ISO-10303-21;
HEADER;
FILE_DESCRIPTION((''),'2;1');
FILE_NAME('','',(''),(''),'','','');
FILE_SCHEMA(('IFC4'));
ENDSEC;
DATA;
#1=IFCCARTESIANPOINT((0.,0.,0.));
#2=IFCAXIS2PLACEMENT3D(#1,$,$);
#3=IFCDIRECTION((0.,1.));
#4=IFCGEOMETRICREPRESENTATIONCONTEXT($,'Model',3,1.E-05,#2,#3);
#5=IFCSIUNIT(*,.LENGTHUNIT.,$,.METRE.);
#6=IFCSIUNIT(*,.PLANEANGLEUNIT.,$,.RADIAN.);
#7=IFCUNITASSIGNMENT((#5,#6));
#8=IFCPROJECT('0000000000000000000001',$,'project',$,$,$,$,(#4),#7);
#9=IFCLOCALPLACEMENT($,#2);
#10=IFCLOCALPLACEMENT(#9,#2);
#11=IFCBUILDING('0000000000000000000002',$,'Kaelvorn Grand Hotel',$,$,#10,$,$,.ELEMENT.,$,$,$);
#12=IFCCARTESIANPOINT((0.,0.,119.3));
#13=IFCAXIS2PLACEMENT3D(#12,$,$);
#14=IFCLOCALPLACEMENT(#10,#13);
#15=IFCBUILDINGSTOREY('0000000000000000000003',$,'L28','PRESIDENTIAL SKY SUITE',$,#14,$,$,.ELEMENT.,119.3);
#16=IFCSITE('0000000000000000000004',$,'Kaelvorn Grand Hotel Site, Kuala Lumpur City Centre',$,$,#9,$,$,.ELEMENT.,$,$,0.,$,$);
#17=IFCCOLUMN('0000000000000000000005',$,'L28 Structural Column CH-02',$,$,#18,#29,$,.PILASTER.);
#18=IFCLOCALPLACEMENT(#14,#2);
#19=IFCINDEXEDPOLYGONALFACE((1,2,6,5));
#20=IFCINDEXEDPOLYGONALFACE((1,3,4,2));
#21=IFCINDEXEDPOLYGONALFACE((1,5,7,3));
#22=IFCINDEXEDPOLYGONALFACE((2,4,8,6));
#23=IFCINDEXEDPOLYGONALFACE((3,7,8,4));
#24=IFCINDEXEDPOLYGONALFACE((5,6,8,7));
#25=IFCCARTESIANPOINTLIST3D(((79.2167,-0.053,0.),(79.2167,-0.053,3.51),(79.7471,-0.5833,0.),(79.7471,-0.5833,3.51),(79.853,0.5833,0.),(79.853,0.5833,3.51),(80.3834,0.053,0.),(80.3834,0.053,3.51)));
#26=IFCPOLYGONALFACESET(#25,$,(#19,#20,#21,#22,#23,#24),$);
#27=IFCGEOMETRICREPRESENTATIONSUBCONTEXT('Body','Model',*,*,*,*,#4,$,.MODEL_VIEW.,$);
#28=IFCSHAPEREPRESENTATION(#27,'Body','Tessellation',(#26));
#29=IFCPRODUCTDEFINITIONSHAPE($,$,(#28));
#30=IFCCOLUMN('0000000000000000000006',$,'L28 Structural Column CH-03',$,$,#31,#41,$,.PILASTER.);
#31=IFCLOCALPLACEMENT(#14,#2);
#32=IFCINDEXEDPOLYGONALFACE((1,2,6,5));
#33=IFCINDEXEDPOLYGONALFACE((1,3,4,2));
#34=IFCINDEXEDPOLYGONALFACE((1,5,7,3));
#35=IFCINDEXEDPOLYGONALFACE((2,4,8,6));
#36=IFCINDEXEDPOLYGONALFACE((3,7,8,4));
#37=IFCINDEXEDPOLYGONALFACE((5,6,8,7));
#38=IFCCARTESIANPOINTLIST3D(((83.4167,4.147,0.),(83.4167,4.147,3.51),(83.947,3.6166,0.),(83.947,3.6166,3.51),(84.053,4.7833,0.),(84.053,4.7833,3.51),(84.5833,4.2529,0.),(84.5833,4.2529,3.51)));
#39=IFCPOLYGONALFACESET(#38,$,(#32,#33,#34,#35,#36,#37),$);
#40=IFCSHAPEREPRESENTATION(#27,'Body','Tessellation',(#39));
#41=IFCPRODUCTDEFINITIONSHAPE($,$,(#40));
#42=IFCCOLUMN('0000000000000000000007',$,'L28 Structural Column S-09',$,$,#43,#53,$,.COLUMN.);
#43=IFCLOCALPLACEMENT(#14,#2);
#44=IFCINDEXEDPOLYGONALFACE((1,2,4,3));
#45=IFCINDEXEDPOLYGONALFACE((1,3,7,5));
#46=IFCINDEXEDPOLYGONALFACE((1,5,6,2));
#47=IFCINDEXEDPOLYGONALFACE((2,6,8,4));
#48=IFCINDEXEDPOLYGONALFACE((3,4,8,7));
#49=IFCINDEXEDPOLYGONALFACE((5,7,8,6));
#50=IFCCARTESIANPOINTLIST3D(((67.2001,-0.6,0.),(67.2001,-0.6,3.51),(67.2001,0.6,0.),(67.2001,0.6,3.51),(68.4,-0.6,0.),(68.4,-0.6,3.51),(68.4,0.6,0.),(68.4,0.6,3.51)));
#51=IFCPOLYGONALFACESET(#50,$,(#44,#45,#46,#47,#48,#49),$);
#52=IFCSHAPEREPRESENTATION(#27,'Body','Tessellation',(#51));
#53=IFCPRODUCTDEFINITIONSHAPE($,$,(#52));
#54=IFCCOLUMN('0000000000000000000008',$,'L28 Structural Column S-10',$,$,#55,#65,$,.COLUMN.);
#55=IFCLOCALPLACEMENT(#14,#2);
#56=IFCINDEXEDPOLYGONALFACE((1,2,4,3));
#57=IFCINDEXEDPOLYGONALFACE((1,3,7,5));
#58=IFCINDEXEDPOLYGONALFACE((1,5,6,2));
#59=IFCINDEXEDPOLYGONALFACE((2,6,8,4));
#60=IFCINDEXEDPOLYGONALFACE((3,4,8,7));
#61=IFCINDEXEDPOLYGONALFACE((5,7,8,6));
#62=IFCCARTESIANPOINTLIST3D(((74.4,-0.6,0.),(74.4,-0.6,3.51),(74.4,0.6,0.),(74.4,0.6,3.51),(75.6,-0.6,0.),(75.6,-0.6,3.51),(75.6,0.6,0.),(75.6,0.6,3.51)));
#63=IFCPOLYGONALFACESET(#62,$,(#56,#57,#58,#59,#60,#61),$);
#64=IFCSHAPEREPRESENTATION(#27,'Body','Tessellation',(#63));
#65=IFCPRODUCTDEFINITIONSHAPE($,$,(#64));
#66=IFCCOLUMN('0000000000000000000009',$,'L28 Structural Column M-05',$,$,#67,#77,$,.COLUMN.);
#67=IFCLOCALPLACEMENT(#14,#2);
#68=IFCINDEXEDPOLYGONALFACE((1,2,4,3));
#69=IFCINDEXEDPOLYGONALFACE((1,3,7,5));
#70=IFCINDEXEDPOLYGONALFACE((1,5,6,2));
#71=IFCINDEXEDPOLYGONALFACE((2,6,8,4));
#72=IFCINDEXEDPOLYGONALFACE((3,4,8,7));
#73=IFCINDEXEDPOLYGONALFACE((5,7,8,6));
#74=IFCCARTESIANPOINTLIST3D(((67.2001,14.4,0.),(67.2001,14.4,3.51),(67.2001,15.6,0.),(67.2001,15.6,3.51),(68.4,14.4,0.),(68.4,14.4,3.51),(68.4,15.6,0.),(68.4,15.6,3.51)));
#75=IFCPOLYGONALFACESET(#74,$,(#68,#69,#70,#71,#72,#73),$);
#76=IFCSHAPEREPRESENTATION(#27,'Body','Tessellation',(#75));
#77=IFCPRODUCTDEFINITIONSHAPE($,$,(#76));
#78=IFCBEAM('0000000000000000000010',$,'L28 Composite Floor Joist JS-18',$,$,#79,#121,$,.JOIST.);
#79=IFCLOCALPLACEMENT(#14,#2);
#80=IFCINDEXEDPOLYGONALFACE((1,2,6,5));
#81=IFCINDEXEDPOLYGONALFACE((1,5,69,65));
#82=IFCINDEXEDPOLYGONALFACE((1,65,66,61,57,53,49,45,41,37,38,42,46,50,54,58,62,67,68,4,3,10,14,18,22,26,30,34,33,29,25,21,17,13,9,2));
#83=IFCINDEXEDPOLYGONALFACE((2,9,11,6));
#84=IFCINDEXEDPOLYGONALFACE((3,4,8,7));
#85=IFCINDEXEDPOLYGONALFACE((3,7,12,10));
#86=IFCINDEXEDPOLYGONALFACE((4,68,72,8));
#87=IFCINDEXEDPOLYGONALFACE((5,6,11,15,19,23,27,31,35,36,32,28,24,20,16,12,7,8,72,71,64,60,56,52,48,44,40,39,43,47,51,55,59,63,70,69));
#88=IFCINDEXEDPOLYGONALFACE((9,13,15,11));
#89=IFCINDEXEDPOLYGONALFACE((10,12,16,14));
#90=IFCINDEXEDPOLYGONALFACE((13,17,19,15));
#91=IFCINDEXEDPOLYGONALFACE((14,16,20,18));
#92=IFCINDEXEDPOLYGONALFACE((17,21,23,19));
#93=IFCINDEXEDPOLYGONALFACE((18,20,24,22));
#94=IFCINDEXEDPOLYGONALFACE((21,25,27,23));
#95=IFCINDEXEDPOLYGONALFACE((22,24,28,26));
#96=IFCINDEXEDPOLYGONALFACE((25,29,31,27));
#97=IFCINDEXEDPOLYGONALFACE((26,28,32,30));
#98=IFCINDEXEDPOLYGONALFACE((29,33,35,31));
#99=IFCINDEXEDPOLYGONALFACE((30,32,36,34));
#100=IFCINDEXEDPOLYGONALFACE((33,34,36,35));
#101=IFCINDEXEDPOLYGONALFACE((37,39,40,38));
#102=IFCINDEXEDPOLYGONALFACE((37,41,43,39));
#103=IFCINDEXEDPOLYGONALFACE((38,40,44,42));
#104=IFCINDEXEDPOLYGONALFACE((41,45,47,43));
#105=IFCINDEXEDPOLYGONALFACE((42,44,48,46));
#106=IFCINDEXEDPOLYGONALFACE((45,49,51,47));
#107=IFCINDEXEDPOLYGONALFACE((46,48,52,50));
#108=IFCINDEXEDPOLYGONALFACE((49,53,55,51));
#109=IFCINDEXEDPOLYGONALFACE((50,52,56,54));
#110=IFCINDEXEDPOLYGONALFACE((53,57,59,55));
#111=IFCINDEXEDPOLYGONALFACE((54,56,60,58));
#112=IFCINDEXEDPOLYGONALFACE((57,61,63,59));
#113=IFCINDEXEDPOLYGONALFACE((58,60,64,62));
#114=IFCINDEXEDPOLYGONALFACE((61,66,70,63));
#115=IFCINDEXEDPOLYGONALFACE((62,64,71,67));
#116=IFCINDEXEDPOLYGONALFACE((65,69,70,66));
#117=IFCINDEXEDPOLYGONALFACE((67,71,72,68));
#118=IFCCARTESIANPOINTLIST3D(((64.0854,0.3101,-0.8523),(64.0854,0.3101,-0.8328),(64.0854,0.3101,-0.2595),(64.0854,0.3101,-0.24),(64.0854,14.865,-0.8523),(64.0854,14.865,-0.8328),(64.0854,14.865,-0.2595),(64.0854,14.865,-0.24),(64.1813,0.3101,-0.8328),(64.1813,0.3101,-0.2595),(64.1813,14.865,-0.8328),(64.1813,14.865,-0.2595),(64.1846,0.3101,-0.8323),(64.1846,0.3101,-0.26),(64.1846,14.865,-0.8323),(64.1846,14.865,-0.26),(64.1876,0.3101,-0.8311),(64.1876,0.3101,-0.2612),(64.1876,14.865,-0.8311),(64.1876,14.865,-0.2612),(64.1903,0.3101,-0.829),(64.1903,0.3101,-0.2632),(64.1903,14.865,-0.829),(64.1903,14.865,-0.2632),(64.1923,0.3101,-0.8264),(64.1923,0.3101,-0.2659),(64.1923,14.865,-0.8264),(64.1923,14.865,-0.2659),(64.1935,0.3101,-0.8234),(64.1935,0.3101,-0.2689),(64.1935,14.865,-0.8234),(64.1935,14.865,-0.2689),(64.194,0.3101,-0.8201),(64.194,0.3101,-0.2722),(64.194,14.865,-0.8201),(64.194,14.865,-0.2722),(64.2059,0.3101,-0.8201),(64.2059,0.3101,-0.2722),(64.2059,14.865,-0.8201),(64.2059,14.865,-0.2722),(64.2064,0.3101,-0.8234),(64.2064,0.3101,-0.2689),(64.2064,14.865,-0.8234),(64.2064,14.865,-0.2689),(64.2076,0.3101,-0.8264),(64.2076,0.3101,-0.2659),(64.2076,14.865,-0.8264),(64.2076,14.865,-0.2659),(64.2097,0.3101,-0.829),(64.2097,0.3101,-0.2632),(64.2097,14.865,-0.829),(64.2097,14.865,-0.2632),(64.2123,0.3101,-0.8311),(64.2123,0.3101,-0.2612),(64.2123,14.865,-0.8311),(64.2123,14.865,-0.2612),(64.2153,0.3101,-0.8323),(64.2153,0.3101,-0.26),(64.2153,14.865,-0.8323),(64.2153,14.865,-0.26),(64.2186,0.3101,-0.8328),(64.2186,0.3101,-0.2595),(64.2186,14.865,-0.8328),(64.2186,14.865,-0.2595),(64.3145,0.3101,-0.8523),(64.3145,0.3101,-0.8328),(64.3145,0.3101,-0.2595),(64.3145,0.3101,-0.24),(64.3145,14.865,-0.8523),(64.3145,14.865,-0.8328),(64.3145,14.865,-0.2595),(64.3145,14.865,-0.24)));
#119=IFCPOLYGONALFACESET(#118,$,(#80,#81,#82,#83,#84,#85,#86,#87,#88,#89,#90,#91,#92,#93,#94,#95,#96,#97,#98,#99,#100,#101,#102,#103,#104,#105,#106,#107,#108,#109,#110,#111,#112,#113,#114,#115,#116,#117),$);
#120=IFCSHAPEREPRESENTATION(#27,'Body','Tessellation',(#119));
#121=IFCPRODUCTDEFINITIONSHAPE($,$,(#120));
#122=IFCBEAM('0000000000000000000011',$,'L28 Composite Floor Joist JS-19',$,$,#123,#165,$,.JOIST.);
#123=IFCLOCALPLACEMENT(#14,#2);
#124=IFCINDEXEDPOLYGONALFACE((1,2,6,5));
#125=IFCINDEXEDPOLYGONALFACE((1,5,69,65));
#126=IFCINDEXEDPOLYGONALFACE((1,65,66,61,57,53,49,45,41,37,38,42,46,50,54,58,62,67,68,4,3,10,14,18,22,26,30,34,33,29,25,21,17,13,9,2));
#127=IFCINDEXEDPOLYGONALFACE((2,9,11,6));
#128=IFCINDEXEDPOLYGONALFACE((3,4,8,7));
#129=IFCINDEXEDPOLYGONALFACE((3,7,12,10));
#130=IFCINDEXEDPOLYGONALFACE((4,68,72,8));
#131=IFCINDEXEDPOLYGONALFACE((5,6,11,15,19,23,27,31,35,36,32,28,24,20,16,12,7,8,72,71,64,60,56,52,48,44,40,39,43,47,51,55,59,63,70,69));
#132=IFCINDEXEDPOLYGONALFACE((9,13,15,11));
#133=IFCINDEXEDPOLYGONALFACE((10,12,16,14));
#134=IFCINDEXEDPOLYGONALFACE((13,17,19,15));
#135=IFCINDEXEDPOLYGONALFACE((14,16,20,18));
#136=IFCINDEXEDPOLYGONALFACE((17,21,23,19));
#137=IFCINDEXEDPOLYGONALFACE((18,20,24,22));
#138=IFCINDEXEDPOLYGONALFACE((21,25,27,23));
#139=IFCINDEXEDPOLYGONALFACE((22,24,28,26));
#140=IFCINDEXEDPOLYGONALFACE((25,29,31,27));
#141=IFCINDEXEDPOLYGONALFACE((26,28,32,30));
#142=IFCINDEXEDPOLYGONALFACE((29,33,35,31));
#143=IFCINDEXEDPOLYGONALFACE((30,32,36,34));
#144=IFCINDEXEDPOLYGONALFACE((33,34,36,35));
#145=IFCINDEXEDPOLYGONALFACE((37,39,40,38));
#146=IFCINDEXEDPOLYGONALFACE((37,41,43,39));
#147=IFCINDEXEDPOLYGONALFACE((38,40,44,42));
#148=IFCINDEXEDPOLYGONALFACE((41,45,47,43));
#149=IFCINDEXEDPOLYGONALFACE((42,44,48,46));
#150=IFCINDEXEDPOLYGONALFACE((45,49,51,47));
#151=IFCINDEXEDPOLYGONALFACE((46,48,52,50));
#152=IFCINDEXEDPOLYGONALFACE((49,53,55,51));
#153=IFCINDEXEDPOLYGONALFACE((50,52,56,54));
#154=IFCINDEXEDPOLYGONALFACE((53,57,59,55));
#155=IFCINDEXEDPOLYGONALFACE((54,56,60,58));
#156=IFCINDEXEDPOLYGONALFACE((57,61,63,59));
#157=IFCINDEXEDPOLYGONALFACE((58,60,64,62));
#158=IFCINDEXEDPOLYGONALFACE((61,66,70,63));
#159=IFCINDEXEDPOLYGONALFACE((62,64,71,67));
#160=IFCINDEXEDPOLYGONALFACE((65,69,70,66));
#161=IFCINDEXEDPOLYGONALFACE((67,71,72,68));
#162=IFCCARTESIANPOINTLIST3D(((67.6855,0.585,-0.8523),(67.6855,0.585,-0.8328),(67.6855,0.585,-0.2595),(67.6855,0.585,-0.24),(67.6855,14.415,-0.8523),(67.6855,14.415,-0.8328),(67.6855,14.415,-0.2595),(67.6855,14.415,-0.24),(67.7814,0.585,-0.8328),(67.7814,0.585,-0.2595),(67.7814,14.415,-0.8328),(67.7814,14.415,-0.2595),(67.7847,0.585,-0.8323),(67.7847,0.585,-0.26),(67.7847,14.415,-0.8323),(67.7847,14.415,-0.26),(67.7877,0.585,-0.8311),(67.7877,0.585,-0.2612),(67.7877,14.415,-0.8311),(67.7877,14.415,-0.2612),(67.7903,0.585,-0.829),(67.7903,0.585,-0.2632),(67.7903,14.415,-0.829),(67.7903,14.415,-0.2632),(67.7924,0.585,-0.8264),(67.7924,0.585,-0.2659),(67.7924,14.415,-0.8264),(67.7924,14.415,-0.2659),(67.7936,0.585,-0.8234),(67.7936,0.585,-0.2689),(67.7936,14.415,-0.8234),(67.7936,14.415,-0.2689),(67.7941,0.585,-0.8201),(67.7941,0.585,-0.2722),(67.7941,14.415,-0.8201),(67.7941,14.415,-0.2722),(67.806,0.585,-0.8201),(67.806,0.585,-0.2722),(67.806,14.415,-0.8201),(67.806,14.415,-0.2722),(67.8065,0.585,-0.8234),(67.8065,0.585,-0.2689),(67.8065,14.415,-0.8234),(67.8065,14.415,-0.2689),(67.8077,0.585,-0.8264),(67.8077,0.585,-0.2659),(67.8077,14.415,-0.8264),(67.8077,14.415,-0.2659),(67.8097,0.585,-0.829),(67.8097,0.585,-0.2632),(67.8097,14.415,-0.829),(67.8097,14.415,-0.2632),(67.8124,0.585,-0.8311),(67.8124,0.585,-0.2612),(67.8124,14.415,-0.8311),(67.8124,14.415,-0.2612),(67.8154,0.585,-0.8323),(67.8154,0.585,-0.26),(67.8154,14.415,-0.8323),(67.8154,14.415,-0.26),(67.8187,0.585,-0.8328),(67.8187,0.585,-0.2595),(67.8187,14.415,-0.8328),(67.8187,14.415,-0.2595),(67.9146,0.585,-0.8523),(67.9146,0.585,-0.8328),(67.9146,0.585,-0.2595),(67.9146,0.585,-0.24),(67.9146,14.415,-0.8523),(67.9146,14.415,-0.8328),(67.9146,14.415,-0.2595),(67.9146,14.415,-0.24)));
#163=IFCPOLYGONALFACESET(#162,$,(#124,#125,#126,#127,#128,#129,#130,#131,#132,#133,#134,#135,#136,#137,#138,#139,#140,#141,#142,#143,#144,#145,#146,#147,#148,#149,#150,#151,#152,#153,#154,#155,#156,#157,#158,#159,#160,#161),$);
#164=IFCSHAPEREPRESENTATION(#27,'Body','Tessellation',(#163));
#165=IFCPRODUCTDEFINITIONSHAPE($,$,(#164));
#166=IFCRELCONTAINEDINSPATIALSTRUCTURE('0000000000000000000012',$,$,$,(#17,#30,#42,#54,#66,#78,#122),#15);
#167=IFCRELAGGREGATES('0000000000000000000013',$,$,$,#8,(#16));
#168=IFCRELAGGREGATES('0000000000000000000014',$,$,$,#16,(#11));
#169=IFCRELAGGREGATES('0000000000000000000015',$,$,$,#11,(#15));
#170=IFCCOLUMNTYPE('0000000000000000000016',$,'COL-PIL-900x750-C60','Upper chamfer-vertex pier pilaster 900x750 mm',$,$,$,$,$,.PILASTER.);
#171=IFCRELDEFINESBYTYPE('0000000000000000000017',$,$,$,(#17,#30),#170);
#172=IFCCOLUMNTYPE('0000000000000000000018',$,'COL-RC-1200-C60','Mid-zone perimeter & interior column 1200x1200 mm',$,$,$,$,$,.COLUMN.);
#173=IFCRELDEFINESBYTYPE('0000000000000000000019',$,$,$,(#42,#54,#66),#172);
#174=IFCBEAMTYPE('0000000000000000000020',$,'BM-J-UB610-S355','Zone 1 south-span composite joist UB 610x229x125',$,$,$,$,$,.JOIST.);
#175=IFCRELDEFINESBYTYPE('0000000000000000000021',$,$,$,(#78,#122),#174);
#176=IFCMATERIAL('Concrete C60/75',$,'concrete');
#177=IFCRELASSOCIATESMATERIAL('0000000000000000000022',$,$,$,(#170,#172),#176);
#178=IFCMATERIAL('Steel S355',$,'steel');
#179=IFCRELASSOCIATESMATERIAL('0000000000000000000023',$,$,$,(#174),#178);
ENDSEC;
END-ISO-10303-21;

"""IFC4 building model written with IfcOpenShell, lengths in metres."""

from ifc_helpers import new_model, si_unit, direction, frame, origin, origin_2d, place, context, subcontext, project, spatial, rectangle, i_section, extrude, material, material_profile, profile_set, type_object, element, save


model = new_model("IFC4")

# Units and contexts
model_context = context("Model", 3, precision=1e-05, world=origin(), true_north=direction((0.0, 1.0)))
body_context = subcontext(model_context, "Body", "Model", "MODEL_VIEW")
ifc_project = project(units=[si_unit("LENGTHUNIT", "METRE"), si_unit("PLANEANGLEUNIT", "RADIAN")], contexts=[model_context])

# Site, building, storey
site_placement = place(None, origin())
site = spatial("IfcSite", under=ifc_project, at=site_placement, Name="Kaelvorn Grand Hotel Site, Kuala Lumpur City Centre", CompositionType="ELEMENT", RefElevation=0.0)
building_placement = place(site_placement, origin())
building = spatial("IfcBuilding", under=site, at=building_placement, Name="Kaelvorn Grand Hotel", CompositionType="ELEMENT")
storey_placement = place(building_placement, frame((0.0, 0.0, 119.3)))
storey = spatial("IfcBuildingStorey", under=building, at=storey_placement, Name="L28", Description="PRESIDENTIAL SKY SUITE", CompositionType="ELEMENT", Elevation=119.3)

# Columns
ifc_material_1 = material(Name="Concrete C60/75", Category="concrete")
ifc_material_profile_1 = material_profile(ifc_material_1, rectangle(XDim=0.8999, YDim=0.75, at=origin_2d()), Name="RC PILASTER 900x750")
ifc_profile_set_1 = profile_set([ifc_material_profile_1], Name="Concrete C60/75")
column_type_1 = type_object("IfcColumnType", Name="COL-PIL-900x750-C60", Description="Upper chamfer-vertex pier pilaster 900x750 mm", PredefinedType="PILASTER", material=ifc_profile_set_1)
for number, where, z_axis, x_axis, name in (
    (1, (79.8, 0.0, 0.0), (0.0, 0.0, 1.0), (0.707107, 0.707107, 0.0), "L28 Structural Column CH-02"),
    (2, (84.0, 4.2, 0.0), (0.0, 0.0, 1.0), (0.707107, 0.707107, 0.0), "L28 Structural Column CH-03"),
):
    element("IfcColumn", number, at=place(storey_placement, frame(where, z_axis=z_axis, x_axis=x_axis)), inside=storey, type_object=column_type_1, Name=name, PredefinedType="PILASTER", context=body_context, shape_type="SweptSolid", body=[
        extrude(rectangle(XDim=0.8999, YDim=0.75, at=origin_2d()), origin(), (0.0, 0.0, 1.0), 3.51),
    ])
ifc_material_profile_2 = material_profile(ifc_material_1, rectangle(XDim=1.2, YDim=1.2, at=origin_2d()), Name="RC COL 1200x1200")
ifc_profile_set_2 = profile_set([ifc_material_profile_2], Name="Concrete C60/75")
column_type_2 = type_object("IfcColumnType", Name="COL-RC-1200-C60", Description="Mid-zone perimeter & interior column 1200x1200 mm", PredefinedType="COLUMN", material=ifc_profile_set_2)
for number, where, z_axis, x_axis, name in (
    (3, (67.8, 0.0, 0.0), (0.0, 0.0, 1.0), (1.0, 0.0, 0.0), "L28 Structural Column S-09"),
    (4, (75.0, 0.0, 0.0), (0.0, 0.0, 1.0), (1.0, 0.0, 0.0), "L28 Structural Column S-10"),
    (5, (67.8, 15.0, 0.0), (0.0, 0.0, 1.0), (1.0, 0.0, 0.0), "L28 Structural Column M-05"),
):
    element("IfcColumn", number, at=place(storey_placement, frame(where, z_axis=z_axis, x_axis=x_axis)), inside=storey, type_object=column_type_2, Name=name, PredefinedType="COLUMN", context=body_context, shape_type="SweptSolid", body=[
        extrude(rectangle(XDim=1.2, YDim=1.2, at=origin_2d()), origin(), (0.0, 0.0, 1.0), 3.51),
    ])

# Beams
ifc_material_2 = material(Name="Steel S355", Category="steel")
ifc_material_profile_3 = material_profile(ifc_material_2, i_section(OverallWidth=0.229, OverallDepth=0.6123, WebThickness=0.012, FlangeThickness=0.0195, FilletRadius=0.0127, at=origin_2d()), Name="UB 610x229x125")
ifc_profile_set_3 = profile_set([ifc_material_profile_3], Name="Steel S355")
beam_type_1 = type_object("IfcBeamType", Name="BM-J-UB610-S355", Description="Zone 1 south-span composite joist UB 610x229x125", PredefinedType="JOIST", material=ifc_profile_set_3)
beam_1_placement = place(storey_placement, frame((64.2, 0.3101, -0.5461), z_axis=(0.0, 1.0, 0.0), x_axis=(-1.0, 0.0, 0.0)))
element("IfcBeam", 6, at=beam_1_placement, inside=storey, type_object=beam_type_1, Name="L28 Composite Floor Joist JS-18", PredefinedType="JOIST", context=body_context, shape_type="SweptSolid", body=[
    extrude(i_section(OverallWidth=0.229, OverallDepth=0.6123, WebThickness=0.012, FlangeThickness=0.0195, FilletRadius=0.0127, at=origin_2d()), origin(), (0.0, 0.0, 1.0), 14.5549),
])
beam_2_placement = place(storey_placement, frame((67.8, 0.585, -0.5461), z_axis=(0.0, 1.0, 0.0), x_axis=(-1.0, 0.0, 0.0)))
element("IfcBeam", 7, at=beam_2_placement, inside=storey, type_object=beam_type_1, Name="L28 Composite Floor Joist JS-19", PredefinedType="JOIST", context=body_context, shape_type="SweptSolid", body=[
    extrude(i_section(OverallWidth=0.229, OverallDepth=0.6123, WebThickness=0.012, FlangeThickness=0.0195, FilletRadius=0.0127, at=origin_2d()), origin(), (0.0, 0.0, 1.0), 13.8301),
])

save(model, "model.ifc")
